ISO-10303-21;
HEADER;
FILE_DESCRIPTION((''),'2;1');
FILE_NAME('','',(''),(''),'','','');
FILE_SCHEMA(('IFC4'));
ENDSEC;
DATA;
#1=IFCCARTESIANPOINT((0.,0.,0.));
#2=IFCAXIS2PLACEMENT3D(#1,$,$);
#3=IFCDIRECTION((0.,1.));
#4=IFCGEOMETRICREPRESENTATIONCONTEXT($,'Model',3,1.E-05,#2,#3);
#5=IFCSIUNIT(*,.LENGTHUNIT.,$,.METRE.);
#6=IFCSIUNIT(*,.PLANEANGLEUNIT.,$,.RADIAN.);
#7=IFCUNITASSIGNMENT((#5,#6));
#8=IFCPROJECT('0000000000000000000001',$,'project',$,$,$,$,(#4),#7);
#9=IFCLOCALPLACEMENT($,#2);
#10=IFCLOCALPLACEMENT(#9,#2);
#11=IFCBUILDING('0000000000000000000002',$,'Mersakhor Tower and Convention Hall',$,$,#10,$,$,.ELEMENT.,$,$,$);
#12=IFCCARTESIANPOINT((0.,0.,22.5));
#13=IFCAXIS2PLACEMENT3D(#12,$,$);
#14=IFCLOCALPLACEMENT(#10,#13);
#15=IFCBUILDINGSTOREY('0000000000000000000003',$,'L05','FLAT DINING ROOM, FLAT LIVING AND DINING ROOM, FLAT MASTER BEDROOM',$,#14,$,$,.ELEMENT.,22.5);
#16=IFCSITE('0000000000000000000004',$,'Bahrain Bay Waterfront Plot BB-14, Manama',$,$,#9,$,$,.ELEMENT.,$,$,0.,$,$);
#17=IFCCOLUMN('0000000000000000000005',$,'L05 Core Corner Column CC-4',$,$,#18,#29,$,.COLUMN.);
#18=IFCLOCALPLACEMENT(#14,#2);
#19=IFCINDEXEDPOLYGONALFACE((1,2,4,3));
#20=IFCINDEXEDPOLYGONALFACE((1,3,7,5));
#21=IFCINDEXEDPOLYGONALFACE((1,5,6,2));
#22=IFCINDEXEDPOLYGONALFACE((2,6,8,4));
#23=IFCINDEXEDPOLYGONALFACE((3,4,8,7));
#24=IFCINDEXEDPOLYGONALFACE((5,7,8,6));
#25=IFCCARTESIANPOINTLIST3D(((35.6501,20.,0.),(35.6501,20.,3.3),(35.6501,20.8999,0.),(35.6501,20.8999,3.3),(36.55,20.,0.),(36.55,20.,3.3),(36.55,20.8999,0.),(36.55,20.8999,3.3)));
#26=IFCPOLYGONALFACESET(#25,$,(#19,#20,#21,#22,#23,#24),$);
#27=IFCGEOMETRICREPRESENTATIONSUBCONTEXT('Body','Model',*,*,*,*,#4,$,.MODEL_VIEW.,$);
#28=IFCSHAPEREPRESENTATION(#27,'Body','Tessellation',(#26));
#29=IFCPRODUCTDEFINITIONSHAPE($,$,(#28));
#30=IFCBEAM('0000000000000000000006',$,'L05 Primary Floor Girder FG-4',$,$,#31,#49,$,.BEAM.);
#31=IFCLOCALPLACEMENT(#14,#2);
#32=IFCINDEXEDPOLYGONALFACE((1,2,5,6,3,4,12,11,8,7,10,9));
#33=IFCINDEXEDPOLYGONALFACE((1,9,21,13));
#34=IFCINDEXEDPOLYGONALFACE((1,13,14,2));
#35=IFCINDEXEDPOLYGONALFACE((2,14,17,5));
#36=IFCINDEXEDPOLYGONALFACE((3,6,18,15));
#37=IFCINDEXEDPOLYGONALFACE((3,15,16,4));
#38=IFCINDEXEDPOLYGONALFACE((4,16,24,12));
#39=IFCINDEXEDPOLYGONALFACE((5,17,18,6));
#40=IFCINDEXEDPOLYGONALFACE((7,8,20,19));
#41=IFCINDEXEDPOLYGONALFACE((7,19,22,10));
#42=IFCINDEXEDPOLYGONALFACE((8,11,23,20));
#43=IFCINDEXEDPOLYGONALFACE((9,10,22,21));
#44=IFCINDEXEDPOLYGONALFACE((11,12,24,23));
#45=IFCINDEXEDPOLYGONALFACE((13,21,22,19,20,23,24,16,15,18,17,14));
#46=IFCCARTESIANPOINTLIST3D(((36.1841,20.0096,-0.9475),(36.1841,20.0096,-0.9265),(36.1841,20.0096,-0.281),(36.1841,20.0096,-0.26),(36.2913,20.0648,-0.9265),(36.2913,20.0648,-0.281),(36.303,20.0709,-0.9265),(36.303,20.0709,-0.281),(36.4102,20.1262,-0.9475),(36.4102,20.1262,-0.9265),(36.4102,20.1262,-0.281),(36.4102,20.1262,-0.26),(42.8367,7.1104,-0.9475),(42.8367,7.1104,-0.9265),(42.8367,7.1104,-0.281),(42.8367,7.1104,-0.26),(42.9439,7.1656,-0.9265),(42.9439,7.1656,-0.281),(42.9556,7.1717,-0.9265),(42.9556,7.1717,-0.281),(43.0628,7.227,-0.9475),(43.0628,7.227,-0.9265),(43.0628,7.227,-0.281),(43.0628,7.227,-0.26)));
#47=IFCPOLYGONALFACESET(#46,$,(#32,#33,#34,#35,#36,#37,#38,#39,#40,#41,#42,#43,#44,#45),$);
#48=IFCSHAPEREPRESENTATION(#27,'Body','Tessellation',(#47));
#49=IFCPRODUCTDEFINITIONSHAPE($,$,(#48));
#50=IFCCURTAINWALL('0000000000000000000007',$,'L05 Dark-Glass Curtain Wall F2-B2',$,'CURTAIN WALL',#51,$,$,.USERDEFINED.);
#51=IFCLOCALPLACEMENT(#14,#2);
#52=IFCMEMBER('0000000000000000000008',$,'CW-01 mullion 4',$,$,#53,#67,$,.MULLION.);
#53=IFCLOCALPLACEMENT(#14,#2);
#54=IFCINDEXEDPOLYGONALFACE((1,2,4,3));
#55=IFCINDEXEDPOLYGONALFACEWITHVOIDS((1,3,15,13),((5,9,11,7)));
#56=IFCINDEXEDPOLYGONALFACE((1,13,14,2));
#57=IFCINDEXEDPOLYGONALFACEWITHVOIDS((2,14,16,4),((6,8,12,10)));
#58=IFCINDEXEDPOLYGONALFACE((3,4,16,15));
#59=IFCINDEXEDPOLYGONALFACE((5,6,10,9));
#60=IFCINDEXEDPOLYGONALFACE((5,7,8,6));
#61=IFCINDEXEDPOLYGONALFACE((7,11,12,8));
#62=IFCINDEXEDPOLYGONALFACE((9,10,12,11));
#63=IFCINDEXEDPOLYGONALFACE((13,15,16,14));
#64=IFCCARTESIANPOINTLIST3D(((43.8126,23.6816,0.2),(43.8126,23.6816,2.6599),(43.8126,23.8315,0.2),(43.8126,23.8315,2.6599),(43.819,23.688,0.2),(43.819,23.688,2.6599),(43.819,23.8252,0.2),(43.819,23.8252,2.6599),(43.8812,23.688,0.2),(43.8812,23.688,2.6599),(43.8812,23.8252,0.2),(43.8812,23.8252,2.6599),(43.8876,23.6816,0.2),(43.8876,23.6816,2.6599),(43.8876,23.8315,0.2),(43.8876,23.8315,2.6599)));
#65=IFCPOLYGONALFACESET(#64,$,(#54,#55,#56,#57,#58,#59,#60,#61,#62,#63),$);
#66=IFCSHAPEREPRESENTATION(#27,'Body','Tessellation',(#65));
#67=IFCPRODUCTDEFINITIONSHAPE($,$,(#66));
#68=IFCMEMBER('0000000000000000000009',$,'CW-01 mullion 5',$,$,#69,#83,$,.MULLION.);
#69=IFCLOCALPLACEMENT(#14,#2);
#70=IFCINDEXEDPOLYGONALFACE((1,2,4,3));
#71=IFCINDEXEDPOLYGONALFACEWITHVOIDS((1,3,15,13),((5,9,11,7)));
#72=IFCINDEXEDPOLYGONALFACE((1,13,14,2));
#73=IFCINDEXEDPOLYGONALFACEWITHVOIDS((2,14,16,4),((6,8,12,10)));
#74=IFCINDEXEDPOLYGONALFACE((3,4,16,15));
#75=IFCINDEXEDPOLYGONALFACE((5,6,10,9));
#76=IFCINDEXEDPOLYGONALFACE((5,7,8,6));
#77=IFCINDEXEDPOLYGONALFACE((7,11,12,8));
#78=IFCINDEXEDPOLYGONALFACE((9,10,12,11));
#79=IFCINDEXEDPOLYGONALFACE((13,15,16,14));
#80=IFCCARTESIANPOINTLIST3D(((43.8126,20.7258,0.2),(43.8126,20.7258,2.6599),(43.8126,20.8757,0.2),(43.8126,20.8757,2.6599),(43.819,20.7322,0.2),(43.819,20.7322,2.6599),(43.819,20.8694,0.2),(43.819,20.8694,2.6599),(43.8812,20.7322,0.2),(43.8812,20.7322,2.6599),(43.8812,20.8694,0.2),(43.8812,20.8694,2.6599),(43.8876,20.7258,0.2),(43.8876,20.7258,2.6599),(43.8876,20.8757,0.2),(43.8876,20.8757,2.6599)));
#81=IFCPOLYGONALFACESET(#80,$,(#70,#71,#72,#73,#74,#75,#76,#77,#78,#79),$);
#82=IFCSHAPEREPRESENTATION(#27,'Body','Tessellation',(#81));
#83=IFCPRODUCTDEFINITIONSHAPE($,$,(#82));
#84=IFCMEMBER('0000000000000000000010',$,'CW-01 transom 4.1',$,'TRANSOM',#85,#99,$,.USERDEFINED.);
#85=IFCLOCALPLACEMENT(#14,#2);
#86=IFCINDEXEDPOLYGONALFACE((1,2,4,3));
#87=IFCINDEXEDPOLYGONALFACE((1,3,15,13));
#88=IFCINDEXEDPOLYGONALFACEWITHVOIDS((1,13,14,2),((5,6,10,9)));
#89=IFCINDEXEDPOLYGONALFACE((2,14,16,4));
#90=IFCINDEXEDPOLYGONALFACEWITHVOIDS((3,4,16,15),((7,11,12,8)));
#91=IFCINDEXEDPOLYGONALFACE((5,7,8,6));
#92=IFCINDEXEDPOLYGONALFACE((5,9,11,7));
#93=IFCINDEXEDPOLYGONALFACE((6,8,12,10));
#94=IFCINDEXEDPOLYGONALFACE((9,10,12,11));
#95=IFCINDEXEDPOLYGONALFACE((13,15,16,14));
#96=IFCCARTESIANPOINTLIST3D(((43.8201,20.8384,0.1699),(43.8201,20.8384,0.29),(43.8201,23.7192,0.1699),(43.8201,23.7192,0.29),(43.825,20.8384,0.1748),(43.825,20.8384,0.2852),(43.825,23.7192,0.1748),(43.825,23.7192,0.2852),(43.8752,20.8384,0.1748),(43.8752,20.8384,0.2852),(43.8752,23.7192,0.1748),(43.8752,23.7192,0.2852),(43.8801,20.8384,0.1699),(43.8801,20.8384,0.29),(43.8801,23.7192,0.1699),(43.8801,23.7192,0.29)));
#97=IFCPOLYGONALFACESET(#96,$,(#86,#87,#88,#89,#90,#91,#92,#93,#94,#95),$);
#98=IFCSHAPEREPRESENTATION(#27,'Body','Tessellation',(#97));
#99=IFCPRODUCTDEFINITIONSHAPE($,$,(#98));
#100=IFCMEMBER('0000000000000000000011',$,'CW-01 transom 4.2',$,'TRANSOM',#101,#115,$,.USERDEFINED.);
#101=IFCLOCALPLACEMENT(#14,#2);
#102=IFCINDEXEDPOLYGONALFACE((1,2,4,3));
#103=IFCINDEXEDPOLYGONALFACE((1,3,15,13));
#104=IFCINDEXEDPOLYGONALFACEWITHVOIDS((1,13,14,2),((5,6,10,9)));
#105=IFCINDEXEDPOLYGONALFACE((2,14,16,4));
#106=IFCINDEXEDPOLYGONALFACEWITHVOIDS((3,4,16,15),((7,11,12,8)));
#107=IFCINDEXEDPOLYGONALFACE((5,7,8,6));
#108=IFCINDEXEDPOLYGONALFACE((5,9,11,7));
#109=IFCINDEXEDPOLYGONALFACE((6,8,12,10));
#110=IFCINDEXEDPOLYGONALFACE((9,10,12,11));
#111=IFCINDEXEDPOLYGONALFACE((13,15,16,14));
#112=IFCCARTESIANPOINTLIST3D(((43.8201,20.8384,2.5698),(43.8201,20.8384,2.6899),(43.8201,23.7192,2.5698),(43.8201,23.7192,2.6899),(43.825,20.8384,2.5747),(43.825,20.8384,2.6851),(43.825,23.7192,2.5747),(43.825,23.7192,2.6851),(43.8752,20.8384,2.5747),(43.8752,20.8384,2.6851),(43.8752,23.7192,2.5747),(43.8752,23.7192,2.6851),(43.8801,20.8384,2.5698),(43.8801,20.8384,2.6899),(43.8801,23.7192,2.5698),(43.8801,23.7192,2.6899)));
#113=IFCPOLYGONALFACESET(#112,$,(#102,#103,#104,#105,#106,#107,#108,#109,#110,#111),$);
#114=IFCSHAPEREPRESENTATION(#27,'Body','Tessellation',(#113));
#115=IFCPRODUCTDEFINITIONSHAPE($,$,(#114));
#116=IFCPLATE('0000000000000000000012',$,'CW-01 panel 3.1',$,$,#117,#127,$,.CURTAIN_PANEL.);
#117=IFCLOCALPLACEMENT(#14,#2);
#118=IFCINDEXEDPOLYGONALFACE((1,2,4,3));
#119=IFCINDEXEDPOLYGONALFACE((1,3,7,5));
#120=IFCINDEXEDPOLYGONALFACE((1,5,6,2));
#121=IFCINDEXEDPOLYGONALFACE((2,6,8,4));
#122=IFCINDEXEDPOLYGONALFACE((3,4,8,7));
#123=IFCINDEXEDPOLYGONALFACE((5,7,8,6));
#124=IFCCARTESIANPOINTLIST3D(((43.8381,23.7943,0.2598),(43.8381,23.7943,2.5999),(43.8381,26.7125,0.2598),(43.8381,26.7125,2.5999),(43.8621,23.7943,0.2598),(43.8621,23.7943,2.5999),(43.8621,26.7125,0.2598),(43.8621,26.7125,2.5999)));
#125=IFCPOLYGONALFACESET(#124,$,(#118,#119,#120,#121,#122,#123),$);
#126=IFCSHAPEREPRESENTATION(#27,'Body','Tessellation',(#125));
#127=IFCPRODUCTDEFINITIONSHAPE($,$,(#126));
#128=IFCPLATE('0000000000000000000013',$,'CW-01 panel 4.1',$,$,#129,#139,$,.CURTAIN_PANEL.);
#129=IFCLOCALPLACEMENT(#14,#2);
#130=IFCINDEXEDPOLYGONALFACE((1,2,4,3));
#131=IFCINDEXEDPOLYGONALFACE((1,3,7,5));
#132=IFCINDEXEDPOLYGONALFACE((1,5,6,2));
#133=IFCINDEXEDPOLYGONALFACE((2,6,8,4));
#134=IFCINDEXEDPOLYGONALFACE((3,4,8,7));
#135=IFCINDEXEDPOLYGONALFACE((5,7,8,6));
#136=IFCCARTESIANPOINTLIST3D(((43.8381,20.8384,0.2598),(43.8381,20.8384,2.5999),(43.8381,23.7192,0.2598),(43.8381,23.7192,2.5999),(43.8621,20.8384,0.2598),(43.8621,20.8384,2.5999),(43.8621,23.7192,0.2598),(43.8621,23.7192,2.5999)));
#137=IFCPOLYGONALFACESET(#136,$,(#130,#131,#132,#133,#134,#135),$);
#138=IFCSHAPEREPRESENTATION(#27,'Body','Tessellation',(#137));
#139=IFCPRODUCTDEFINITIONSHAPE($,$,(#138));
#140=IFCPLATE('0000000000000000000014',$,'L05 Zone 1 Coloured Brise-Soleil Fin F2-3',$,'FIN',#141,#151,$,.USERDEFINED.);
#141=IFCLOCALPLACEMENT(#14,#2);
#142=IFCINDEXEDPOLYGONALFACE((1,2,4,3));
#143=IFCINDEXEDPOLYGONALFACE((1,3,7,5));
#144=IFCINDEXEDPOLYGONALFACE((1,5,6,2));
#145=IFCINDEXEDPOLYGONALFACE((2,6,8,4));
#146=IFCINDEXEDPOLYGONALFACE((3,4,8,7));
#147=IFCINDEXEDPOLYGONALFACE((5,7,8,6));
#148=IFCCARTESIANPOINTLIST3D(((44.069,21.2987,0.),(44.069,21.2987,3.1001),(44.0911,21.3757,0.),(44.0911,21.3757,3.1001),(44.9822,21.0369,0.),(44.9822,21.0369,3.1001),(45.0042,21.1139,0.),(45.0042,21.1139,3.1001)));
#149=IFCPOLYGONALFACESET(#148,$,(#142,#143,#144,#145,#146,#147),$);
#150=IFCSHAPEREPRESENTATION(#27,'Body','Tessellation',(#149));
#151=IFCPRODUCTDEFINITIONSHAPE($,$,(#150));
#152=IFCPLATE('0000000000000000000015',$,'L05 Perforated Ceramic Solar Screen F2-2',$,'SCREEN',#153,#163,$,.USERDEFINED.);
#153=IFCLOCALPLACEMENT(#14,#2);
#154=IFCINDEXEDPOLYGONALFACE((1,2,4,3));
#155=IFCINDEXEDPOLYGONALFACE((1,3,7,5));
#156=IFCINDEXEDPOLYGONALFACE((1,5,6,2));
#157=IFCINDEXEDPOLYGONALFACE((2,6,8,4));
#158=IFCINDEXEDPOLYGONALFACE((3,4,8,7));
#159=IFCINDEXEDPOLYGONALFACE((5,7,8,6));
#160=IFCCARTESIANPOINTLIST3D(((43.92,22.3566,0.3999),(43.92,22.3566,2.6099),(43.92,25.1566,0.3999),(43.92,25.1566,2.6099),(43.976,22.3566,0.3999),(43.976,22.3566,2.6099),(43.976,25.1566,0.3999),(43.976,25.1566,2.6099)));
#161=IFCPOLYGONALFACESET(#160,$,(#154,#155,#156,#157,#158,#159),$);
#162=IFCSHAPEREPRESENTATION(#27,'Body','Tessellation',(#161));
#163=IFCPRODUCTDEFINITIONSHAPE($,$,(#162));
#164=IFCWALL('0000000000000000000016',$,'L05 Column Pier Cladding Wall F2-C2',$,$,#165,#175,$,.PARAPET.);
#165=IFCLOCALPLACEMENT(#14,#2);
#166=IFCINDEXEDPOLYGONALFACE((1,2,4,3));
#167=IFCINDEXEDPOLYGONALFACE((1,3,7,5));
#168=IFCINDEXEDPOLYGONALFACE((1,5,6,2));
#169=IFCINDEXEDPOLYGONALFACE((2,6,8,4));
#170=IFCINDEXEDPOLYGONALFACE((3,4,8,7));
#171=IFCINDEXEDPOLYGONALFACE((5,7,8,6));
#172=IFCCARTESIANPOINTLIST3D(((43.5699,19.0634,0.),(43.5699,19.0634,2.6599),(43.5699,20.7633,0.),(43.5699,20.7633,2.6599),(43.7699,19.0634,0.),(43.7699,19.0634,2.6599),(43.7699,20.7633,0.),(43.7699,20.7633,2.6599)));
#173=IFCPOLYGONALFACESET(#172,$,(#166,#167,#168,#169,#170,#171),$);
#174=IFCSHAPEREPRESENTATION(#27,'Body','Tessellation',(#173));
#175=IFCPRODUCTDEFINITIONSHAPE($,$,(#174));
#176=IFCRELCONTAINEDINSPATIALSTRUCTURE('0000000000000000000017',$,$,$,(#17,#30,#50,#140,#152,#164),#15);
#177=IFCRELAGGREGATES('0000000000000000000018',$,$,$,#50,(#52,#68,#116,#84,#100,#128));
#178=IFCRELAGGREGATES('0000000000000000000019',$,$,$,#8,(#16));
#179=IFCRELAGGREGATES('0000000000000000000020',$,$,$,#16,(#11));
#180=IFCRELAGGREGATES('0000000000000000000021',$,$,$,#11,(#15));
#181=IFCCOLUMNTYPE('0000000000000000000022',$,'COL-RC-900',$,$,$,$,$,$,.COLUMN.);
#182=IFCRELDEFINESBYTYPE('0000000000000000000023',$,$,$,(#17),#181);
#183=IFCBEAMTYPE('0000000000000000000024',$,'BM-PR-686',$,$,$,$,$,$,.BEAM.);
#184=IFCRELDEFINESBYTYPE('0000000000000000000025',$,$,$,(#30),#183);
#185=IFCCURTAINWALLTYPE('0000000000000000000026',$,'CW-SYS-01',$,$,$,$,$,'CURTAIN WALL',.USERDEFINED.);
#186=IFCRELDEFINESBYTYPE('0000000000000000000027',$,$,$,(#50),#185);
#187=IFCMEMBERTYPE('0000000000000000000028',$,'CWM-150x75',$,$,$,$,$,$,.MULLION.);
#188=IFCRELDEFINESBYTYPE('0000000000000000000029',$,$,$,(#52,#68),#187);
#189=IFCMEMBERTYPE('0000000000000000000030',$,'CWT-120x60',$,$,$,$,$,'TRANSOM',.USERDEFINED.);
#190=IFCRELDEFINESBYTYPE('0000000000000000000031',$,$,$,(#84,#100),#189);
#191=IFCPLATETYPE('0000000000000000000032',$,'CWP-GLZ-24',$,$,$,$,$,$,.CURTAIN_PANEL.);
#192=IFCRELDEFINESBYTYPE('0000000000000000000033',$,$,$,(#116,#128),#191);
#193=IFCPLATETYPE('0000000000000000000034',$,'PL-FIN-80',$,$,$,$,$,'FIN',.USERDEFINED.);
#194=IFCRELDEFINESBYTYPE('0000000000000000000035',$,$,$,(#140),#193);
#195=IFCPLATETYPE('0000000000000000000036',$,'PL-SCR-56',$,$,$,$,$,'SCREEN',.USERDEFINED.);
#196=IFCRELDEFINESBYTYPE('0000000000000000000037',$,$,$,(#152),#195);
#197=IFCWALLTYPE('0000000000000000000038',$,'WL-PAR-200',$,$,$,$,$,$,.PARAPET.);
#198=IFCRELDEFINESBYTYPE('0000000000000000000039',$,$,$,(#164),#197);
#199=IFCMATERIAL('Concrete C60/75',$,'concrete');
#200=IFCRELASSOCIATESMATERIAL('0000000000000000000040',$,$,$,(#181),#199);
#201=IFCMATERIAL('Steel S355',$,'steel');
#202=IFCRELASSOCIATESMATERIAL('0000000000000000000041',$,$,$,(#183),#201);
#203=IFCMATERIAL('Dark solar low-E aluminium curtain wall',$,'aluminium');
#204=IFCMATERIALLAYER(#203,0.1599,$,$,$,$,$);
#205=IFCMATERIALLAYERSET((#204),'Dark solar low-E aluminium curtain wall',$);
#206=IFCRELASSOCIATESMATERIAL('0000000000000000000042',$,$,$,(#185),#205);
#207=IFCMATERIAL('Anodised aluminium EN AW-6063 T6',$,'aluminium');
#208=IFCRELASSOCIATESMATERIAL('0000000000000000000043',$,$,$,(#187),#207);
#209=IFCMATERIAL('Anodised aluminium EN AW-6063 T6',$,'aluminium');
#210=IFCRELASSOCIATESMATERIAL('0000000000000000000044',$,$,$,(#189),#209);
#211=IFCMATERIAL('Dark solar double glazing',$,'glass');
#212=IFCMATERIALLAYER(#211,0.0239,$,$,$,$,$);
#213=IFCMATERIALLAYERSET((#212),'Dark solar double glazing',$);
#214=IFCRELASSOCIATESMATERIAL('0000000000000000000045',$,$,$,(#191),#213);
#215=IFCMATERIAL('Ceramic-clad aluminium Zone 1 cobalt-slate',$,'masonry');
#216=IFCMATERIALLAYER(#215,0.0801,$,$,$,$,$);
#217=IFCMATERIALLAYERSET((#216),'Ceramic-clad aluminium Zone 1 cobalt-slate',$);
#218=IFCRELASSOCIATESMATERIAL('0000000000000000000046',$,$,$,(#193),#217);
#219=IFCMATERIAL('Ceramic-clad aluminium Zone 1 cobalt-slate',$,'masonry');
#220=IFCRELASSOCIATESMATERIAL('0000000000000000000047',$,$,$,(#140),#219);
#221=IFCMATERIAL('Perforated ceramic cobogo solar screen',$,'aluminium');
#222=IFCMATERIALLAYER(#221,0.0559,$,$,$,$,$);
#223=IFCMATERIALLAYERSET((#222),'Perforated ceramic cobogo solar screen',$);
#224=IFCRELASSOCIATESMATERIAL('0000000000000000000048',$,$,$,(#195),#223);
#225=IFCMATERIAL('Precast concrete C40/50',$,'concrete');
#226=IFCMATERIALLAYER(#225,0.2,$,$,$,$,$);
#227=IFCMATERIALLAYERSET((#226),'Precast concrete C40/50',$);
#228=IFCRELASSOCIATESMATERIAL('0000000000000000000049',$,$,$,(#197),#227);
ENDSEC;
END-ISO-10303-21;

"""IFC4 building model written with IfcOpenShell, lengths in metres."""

from ifc_helpers import new_model, si_unit, direction, frame, frame_2d, origin, origin_2d, place, context, subcontext, project, spatial, rectangle, hollow_rectangle, i_section, extrude, material, layer, layer_set, material_profile, profile_set, type_object, element, aggregate, save


model = new_model("IFC4")

# Units and contexts
model_context = context("Model", 3, precision=1e-05, world=origin(), true_north=direction((0.0, 1.0)))
body_context = subcontext(model_context, "Body", "Model", "MODEL_VIEW")
ifc_project = project(units=[si_unit("LENGTHUNIT", "METRE"), si_unit("PLANEANGLEUNIT", "RADIAN")], contexts=[model_context])

# Site, building, storey
site_placement = place(None, origin())
site = spatial("IfcSite", under=ifc_project, at=site_placement, Name="Bahrain Bay Waterfront Plot BB-14, Manama", CompositionType="ELEMENT", RefElevation=0.0)
building_placement = place(site_placement, origin())
building = spatial("IfcBuilding", under=site, at=building_placement, Name="Mersakhor Tower and Convention Hall", CompositionType="ELEMENT")
storey_placement = place(building_placement, frame((0.0, 0.0, 22.5)))
storey = spatial("IfcBuildingStorey", under=building, at=storey_placement, Name="L05", Description="FLAT DINING ROOM, FLAT LIVING AND DINING ROOM, FLAT MASTER BEDROOM", CompositionType="ELEMENT", Elevation=22.5)

# Column
ifc_material_1 = material(Name="Concrete C60/75", Category="concrete")
ifc_material_profile_1 = material_profile(ifc_material_1, rectangle(XDim=0.8999, YDim=0.8999, at=origin_2d()), Name="RC 900x900")
ifc_profile_set_1 = profile_set([ifc_material_profile_1], Name="Concrete C60/75")
column_type = type_object("IfcColumnType", Name="COL-RC-900", PredefinedType="COLUMN", material=ifc_profile_set_1)
column_placement = place(storey_placement, frame((36.1001, 20.45, 0.0), z_axis=(0.0, 0.0, 1.0), x_axis=(1.0, 0.0, 0.0)))
element("IfcColumn", 1, at=column_placement, inside=storey, type_object=column_type, Name="L05 Core Corner Column CC-4", PredefinedType="COLUMN", context=body_context, shape_type="SweptSolid", body=[
    extrude(rectangle(XDim=0.8999, YDim=0.8999, at=origin_2d()), origin(), (0.0, 0.0, 1.0), 3.3),
])

# Beam
ifc_material_2 = material(Name="Steel S355", Category="steel")
ifc_material_profile_2 = material_profile(ifc_material_2, i_section(OverallWidth=0.2544, OverallDepth=0.6875, WebThickness=0.0132, FlangeThickness=0.021, at=origin_2d()), Name="UB 686x254x152")
ifc_profile_set_2 = profile_set([ifc_material_profile_2], Name="Steel S355")
beam_type = type_object("IfcBeamType", Name="BM-PR-686", PredefinedType="BEAM", material=ifc_profile_set_2)
beam_placement = place(storey_placement, frame((36.2971, 20.0679, -0.6038), z_axis=(0.458368, -0.888762, 0.0), x_axis=(0.888762, 0.458368, 0.0)))
element("IfcBeam", 2, at=beam_placement, inside=storey, type_object=beam_type, Name="L05 Primary Floor Girder FG-4", PredefinedType="BEAM", context=body_context, shape_type="SweptSolid", body=[
    extrude(i_section(OverallWidth=0.2544, OverallDepth=0.6875, WebThickness=0.0132, FlangeThickness=0.021, at=origin_2d()), origin(), (0.0, 0.0, 1.0), 14.5137),
])

# Curtain wall, members, plates
ifc_material_3 = material(Name="Dark solar low-E aluminium curtain wall", Category="aluminium")
ifc_layer_1 = layer(ifc_material_3, 0.1599)
ifc_layer_set_1 = layer_set([ifc_layer_1], Name="Dark solar low-E aluminium curtain wall")
curtain_wall_type = type_object("IfcCurtainWallType", Name="CW-SYS-01", ElementType="CURTAIN WALL", PredefinedType="USERDEFINED", material=ifc_layer_set_1)
curtain_wall_placement = place(storey_placement, origin())
curtain_wall = element("IfcCurtainWall", 3, at=curtain_wall_placement, inside=storey, type_object=curtain_wall_type, Name="L05 Dark-Glass Curtain Wall F2-B2", ObjectType="CURTAIN WALL", PredefinedType="USERDEFINED")
ifc_material_4 = material(Name="Anodised aluminium EN AW-6063 T6", Category="aluminium")
ifc_material_profile_3 = material_profile(ifc_material_4, hollow_rectangle(XDim=0.075, YDim=0.1499, WallThickness=0.0063, at=origin_2d()), Name="RHS 150x75x6.3")
ifc_profile_set_3 = profile_set([ifc_material_profile_3], Name="Anodised aluminium EN AW-6063 T6")
member_type_1 = type_object("IfcMemberType", Name="CWM-150x75", PredefinedType="MULLION", material=ifc_profile_set_3)
member_1_placement = place(storey_placement, frame((43.8501, 23.7566, 0.2), z_axis=(0.0, 0.0, 1.0), x_axis=(1.0, 0.0, 0.0)))
member_1 = element("IfcMember", 4, at=member_1_placement, type_object=member_type_1, Name="CW-01 mullion 4", PredefinedType="MULLION", context=body_context, shape_type="SweptSolid", body=[
    extrude(hollow_rectangle(XDim=0.075, YDim=0.1499, WallThickness=0.0063, at=origin_2d()), origin(), (0.0, 0.0, 1.0), 2.46),
])
member_2_placement = place(storey_placement, frame((43.8501, 20.8008, 0.2), z_axis=(0.0, 0.0, 1.0), x_axis=(1.0, 0.0, 0.0)))
member_2 = element("IfcMember", 5, at=member_2_placement, type_object=member_type_1, Name="CW-01 mullion 5", PredefinedType="MULLION", context=body_context, shape_type="SweptSolid", body=[
    extrude(hollow_rectangle(XDim=0.075, YDim=0.1499, WallThickness=0.0063, at=origin_2d()), origin(), (0.0, 0.0, 1.0), 2.46),
])
ifc_material_5 = material(Name="Anodised aluminium EN AW-6063 T6", Category="aluminium")
ifc_material_profile_4 = material_profile(ifc_material_5, hollow_rectangle(XDim=0.0601, YDim=0.1201, WallThickness=0.0049, at=origin_2d()), Name="RHS 120x60x5")
ifc_profile_set_4 = profile_set([ifc_material_profile_4], Name="Anodised aluminium EN AW-6063 T6")
member_type_2 = type_object("IfcMemberType", Name="CWT-120x60", ElementType="TRANSOM", PredefinedType="USERDEFINED", material=ifc_profile_set_4)
member_3_placement = place(storey_placement, frame((43.8501, 23.7192, 0.23), z_axis=(0.0, -1.0, 0.0), x_axis=(1.0, 0.0, 0.0)))
member_3 = element("IfcMember", 6, at=member_3_placement, type_object=member_type_2, Name="CW-01 transom 4.1", ObjectType="TRANSOM", PredefinedType="USERDEFINED", context=body_context, shape_type="SweptSolid", body=[
    extrude(hollow_rectangle(XDim=0.0601, YDim=0.1201, WallThickness=0.0049, at=origin_2d()), origin(), (0.0, 0.0, 1.0), 2.8809),
])
member_4_placement = place(storey_placement, frame((43.8501, 23.7192, 2.6299), z_axis=(0.0, -1.0, 0.0), x_axis=(1.0, 0.0, 0.0)))
member_4 = element("IfcMember", 7, at=member_4_placement, type_object=member_type_2, Name="CW-01 transom 4.2", ObjectType="TRANSOM", PredefinedType="USERDEFINED", context=body_context, shape_type="SweptSolid", body=[
    extrude(hollow_rectangle(XDim=0.0601, YDim=0.1201, WallThickness=0.0049, at=origin_2d()), origin(), (0.0, 0.0, 1.0), 2.8809),
])
ifc_material_6 = material(Name="Dark solar double glazing", Category="glass")
ifc_layer_2 = layer(ifc_material_6, 0.0239)
ifc_layer_set_2 = layer_set([ifc_layer_2], Name="Dark solar double glazing")
plate_type_1 = type_object("IfcPlateType", Name="CWP-GLZ-24", PredefinedType="CURTAIN_PANEL", material=ifc_layer_set_2)
plate_1_placement = place(storey_placement, frame((43.8501, 25.2534, 0.2598), z_axis=(0.0, 0.0, 1.0), x_axis=(0.0, -1.0, 0.0)))
plate_1 = element("IfcPlate", 8, at=plate_1_placement, type_object=plate_type_1, Name="CW-01 panel 3.1", PredefinedType="CURTAIN_PANEL", context=body_context, shape_type="SweptSolid", body=[
    extrude(rectangle(XDim=2.9182, YDim=0.0239, at=origin_2d()), origin(), (0.0, 0.0, 1.0), 2.3401),
])
plate_2_placement = place(storey_placement, frame((43.8501, 22.2788, 0.2598), z_axis=(0.0, 0.0, 1.0), x_axis=(0.0, -1.0, 0.0)))
plate_2 = element("IfcPlate", 9, at=plate_2_placement, type_object=plate_type_1, Name="CW-01 panel 4.1", PredefinedType="CURTAIN_PANEL", context=body_context, shape_type="SweptSolid", body=[
    extrude(rectangle(XDim=2.8809, YDim=0.0239, at=origin_2d()), origin(), (0.0, 0.0, 1.0), 2.3401),
])
aggregate(curtain_wall, [member_1, member_2, plate_1, member_3, member_4, plate_2])

# Plates
ifc_material_7 = material(Name="Ceramic-clad aluminium Zone 1 cobalt-slate", Category="masonry")
ifc_material_8 = material(Name="Ceramic-clad aluminium Zone 1 cobalt-slate", Category="masonry")
ifc_layer_3 = layer(ifc_material_8, 0.0801)
ifc_layer_set_3 = layer_set([ifc_layer_3], Name="Ceramic-clad aluminium Zone 1 cobalt-slate")
plate_type_2 = type_object("IfcPlateType", Name="PL-FIN-80", ElementType="FIN", PredefinedType="USERDEFINED", material=ifc_layer_set_3)
plate_3_placement = place(storey_placement, frame((44.5366, 21.2063, 0.0), z_axis=(0.0, 0.0, 1.0), x_axis=(0.961262, -0.275637, 0.0)))
element("IfcPlate", 10, at=plate_3_placement, inside=storey, type_object=plate_type_2, material=ifc_material_7, Name="L05 Zone 1 Coloured Brise-Soleil Fin F2-3", ObjectType="FIN", PredefinedType="USERDEFINED", context=body_context, shape_type="SweptSolid", body=[
    extrude(rectangle(XDim=0.95, YDim=0.0801, at=origin_2d()), origin(), (0.0, 0.0, 1.0), 3.1001),
])
ifc_material_9 = material(Name="Perforated ceramic cobogo solar screen", Category="aluminium")
ifc_layer_4 = layer(ifc_material_9, 0.0559)
ifc_layer_set_4 = layer_set([ifc_layer_4], Name="Perforated ceramic cobogo solar screen")
plate_type_3 = type_object("IfcPlateType", Name="PL-SCR-56", ElementType="SCREEN", PredefinedType="USERDEFINED", material=ifc_layer_set_4)
plate_4_placement = place(storey_placement, frame((43.948, 23.7566, 0.3999), z_axis=(0.0, 0.0, 1.0), x_axis=(0.0, -1.0, 0.0)))
element("IfcPlate", 11, at=plate_4_placement, inside=storey, type_object=plate_type_3, Name="L05 Perforated Ceramic Solar Screen F2-2", ObjectType="SCREEN", PredefinedType="USERDEFINED", context=body_context, shape_type="SweptSolid", body=[
    extrude(rectangle(XDim=2.8, YDim=0.0559, at=origin_2d()), origin(), (0.0, 0.0, 1.0), 2.21),
])

# Wall
ifc_material_10 = material(Name="Precast concrete C40/50", Category="concrete")
ifc_layer_5 = layer(ifc_material_10, 0.2)
ifc_layer_set_5 = layer_set([ifc_layer_5], Name="Precast concrete C40/50")
wall_type_1 = type_object("IfcWallType", Name="WL-PAR-200", PredefinedType="PARAPET", material=ifc_layer_set_5)
wall_1_placement = place(storey_placement, frame((43.6699, 20.7634, 0.0), z_axis=(0.0, 0.0, 1.0), x_axis=(0.0, -1.0, 0.0)))
element("IfcWall", 12, at=wall_1_placement, inside=storey, type_object=wall_type_1, Name="L05 Column Pier Cladding Wall F2-C2", PredefinedType="PARAPET", context=body_context, shape_type="SweptSolid", body=[
    extrude(rectangle(XDim=1.7, YDim=0.2, at=frame_2d((0.8501, 0.0))), origin(), (0.0, 0.0, 1.0), 2.6599),
])

save(model, "model.ifc")
